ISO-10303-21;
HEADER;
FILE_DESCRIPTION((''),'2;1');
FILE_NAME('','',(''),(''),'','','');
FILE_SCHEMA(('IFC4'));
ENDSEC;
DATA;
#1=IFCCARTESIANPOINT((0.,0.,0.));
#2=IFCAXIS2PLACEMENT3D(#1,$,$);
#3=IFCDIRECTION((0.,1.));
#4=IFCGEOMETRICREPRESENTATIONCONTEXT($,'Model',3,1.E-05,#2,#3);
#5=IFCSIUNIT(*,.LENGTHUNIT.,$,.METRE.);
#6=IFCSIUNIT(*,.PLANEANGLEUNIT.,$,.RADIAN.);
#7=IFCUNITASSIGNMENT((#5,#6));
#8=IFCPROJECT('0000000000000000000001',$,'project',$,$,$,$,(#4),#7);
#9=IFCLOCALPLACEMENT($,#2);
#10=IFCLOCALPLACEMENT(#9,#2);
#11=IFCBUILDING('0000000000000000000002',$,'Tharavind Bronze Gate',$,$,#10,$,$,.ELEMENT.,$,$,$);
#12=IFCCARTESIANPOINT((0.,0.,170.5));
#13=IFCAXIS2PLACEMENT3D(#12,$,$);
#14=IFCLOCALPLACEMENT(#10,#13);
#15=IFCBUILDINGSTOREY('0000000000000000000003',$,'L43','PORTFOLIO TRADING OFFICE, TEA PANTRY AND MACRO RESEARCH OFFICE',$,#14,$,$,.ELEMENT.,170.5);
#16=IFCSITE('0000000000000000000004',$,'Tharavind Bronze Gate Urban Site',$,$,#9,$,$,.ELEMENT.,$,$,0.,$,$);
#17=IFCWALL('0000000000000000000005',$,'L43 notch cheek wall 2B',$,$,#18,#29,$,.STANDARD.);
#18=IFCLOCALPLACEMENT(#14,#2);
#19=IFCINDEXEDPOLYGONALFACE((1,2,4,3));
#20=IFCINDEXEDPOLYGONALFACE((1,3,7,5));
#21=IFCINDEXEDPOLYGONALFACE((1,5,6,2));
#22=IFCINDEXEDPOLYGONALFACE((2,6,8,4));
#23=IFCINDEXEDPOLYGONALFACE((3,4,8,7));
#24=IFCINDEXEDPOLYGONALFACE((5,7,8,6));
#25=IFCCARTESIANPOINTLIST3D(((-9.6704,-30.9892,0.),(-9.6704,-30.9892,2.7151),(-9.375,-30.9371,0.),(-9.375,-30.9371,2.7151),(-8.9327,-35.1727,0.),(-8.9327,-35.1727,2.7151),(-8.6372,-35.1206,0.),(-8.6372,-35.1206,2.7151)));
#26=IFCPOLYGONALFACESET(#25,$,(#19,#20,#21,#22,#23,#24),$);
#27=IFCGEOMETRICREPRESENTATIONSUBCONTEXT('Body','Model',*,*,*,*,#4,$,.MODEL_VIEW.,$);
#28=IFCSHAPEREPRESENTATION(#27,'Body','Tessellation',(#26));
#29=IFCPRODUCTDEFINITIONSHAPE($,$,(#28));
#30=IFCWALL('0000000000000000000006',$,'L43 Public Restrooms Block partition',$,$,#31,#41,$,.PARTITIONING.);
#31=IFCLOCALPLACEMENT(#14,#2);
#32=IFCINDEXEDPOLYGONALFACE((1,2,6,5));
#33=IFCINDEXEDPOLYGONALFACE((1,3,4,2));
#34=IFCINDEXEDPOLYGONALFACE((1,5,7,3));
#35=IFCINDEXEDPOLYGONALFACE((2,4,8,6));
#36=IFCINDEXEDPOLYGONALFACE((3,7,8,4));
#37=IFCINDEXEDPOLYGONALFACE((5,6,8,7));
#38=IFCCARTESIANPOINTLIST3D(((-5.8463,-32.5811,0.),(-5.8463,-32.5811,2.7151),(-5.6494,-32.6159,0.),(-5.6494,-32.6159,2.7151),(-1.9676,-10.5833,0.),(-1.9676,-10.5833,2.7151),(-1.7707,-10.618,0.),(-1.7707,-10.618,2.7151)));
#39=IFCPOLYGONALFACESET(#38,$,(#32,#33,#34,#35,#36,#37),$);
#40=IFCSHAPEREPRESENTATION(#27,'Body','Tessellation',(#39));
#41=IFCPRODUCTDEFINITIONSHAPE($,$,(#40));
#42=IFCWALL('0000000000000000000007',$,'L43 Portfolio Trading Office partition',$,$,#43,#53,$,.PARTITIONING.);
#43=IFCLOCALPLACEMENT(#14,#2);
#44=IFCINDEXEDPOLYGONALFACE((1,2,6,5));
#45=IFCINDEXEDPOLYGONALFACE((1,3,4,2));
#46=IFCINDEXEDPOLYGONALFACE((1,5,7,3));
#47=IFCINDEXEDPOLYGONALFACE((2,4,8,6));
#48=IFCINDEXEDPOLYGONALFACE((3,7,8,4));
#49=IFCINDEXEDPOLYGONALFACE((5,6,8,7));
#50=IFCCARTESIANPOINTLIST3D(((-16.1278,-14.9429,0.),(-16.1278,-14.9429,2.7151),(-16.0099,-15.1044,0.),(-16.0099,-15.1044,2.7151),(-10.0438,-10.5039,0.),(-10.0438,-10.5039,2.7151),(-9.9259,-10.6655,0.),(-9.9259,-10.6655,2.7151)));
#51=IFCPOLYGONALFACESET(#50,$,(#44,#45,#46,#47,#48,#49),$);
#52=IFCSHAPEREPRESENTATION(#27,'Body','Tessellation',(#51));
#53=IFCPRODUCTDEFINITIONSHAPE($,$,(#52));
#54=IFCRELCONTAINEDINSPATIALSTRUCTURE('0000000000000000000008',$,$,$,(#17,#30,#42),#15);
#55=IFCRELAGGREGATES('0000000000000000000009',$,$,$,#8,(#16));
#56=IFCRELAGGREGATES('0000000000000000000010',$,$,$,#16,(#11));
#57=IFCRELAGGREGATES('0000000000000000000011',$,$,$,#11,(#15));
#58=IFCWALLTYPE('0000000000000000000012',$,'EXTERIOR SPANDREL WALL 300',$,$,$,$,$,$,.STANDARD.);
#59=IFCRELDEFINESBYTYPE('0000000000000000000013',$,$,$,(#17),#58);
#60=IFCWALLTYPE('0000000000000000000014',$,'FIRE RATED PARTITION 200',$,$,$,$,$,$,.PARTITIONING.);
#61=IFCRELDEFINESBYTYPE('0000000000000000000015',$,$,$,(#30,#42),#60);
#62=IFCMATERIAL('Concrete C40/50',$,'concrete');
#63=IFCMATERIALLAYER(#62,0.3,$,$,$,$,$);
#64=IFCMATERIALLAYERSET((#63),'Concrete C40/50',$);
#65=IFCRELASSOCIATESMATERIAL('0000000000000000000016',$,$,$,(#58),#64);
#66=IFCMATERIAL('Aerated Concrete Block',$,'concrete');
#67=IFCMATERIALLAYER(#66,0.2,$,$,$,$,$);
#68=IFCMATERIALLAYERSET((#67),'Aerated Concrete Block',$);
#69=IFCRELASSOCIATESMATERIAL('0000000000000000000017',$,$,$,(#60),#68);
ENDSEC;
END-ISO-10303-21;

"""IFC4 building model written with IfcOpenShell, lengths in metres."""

from ifc_helpers import new_model, si_unit, direction, frame, frame_2d, origin, place, context, subcontext, project, spatial, rectangle, extrude, material, layer, layer_set, type_object, element, save


model = new_model("IFC4")

# Units and contexts
model_context = context("Model", 3, precision=1e-05, world=origin(), true_north=direction((0.0, 1.0)))
body_context = subcontext(model_context, "Body", "Model", "MODEL_VIEW")
ifc_project = project(units=[si_unit("LENGTHUNIT", "METRE"), si_unit("PLANEANGLEUNIT", "RADIAN")], contexts=[model_context])

# Site, building, storey
site_placement = place(None, origin())
site = spatial("IfcSite", under=ifc_project, at=site_placement, Name="Tharavind Bronze Gate Urban Site", CompositionType="ELEMENT", RefElevation=0.0)
building_placement = place(site_placement, origin())
building = spatial("IfcBuilding", under=site, at=building_placement, Name="Tharavind Bronze Gate", CompositionType="ELEMENT")
storey_placement = place(building_placement, frame((0.0, 0.0, 170.5)))
storey = spatial("IfcBuildingStorey", under=building, at=storey_placement, Name="L43", Description="PORTFOLIO TRADING OFFICE, TEA PANTRY AND MACRO RESEARCH OFFICE", CompositionType="ELEMENT", Elevation=170.5)

# Walls
ifc_material_1 = material(Name="Concrete C40/50", Category="concrete")
ifc_layer_1 = layer(ifc_material_1, 0.3)
ifc_layer_set_1 = layer_set([ifc_layer_1], Name="Concrete C40/50")
wall_type_1 = type_object("IfcWallType", Name="EXTERIOR SPANDREL WALL 300", PredefinedType="STANDARD", material=ifc_layer_set_1)
for number, where, z_axis, x_axis, name in (
    (1, (-9.5227, -30.9631, 0.0), (0.0, 0.0, 1.0), (0.173674, -0.984803, 0.0), "L43 notch cheek wall 2B"),
):
    element("IfcWall", number, at=place(storey_placement, frame(where, z_axis=z_axis, x_axis=x_axis)), inside=storey, type_object=wall_type_1, Name=name, PredefinedType="STANDARD", context=body_context, shape_type="SweptSolid", body=[
        extrude(rectangle(XDim=4.248, YDim=0.3, at=frame_2d((2.124, 0.0))), origin(), (0.0, 0.0, 1.0), 2.7151),
    ])
ifc_material_2 = material(Name="Aerated Concrete Block", Category="concrete")
ifc_layer_2 = layer(ifc_material_2, 0.2)
ifc_layer_set_2 = layer_set([ifc_layer_2], Name="Aerated Concrete Block")
wall_type_2 = type_object("IfcWallType", Name="FIRE RATED PARTITION 200", PredefinedType="PARTITIONING", material=ifc_layer_set_2)
wall_1_placement = place(storey_placement, frame((-5.7478, -32.5984, 0.0), z_axis=(0.0, 0.0, 1.0), x_axis=(0.173642, 0.984809, 0.0)))
element("IfcWall", 2, at=wall_1_placement, inside=storey, type_object=wall_type_2, Name="L43 Public Restrooms Block partition", PredefinedType="PARTITIONING", context=body_context, shape_type="SweptSolid", body=[
    extrude(rectangle(XDim=22.3372, YDim=0.2, at=frame_2d((11.1685, 0.0))), origin(), (0.0, 0.0, 1.0), 2.7151),
])
wall_2_placement = place(storey_placement, frame((-16.0688, -15.0237, 0.0), z_axis=(0.0, 0.0, 1.0), x_axis=(0.807835, 0.589408, 0.0)))
element("IfcWall", 3, at=wall_2_placement, inside=storey, type_object=wall_type_2, Name="L43 Portfolio Trading Office partition", PredefinedType="PARTITIONING", context=body_context, shape_type="SweptSolid", body=[
    extrude(rectangle(XDim=7.5312, YDim=0.2, at=frame_2d((3.7656, 0.0))), origin(), (0.0, 0.0, 1.0), 2.7151),
])

save(model, "model.ifc")
